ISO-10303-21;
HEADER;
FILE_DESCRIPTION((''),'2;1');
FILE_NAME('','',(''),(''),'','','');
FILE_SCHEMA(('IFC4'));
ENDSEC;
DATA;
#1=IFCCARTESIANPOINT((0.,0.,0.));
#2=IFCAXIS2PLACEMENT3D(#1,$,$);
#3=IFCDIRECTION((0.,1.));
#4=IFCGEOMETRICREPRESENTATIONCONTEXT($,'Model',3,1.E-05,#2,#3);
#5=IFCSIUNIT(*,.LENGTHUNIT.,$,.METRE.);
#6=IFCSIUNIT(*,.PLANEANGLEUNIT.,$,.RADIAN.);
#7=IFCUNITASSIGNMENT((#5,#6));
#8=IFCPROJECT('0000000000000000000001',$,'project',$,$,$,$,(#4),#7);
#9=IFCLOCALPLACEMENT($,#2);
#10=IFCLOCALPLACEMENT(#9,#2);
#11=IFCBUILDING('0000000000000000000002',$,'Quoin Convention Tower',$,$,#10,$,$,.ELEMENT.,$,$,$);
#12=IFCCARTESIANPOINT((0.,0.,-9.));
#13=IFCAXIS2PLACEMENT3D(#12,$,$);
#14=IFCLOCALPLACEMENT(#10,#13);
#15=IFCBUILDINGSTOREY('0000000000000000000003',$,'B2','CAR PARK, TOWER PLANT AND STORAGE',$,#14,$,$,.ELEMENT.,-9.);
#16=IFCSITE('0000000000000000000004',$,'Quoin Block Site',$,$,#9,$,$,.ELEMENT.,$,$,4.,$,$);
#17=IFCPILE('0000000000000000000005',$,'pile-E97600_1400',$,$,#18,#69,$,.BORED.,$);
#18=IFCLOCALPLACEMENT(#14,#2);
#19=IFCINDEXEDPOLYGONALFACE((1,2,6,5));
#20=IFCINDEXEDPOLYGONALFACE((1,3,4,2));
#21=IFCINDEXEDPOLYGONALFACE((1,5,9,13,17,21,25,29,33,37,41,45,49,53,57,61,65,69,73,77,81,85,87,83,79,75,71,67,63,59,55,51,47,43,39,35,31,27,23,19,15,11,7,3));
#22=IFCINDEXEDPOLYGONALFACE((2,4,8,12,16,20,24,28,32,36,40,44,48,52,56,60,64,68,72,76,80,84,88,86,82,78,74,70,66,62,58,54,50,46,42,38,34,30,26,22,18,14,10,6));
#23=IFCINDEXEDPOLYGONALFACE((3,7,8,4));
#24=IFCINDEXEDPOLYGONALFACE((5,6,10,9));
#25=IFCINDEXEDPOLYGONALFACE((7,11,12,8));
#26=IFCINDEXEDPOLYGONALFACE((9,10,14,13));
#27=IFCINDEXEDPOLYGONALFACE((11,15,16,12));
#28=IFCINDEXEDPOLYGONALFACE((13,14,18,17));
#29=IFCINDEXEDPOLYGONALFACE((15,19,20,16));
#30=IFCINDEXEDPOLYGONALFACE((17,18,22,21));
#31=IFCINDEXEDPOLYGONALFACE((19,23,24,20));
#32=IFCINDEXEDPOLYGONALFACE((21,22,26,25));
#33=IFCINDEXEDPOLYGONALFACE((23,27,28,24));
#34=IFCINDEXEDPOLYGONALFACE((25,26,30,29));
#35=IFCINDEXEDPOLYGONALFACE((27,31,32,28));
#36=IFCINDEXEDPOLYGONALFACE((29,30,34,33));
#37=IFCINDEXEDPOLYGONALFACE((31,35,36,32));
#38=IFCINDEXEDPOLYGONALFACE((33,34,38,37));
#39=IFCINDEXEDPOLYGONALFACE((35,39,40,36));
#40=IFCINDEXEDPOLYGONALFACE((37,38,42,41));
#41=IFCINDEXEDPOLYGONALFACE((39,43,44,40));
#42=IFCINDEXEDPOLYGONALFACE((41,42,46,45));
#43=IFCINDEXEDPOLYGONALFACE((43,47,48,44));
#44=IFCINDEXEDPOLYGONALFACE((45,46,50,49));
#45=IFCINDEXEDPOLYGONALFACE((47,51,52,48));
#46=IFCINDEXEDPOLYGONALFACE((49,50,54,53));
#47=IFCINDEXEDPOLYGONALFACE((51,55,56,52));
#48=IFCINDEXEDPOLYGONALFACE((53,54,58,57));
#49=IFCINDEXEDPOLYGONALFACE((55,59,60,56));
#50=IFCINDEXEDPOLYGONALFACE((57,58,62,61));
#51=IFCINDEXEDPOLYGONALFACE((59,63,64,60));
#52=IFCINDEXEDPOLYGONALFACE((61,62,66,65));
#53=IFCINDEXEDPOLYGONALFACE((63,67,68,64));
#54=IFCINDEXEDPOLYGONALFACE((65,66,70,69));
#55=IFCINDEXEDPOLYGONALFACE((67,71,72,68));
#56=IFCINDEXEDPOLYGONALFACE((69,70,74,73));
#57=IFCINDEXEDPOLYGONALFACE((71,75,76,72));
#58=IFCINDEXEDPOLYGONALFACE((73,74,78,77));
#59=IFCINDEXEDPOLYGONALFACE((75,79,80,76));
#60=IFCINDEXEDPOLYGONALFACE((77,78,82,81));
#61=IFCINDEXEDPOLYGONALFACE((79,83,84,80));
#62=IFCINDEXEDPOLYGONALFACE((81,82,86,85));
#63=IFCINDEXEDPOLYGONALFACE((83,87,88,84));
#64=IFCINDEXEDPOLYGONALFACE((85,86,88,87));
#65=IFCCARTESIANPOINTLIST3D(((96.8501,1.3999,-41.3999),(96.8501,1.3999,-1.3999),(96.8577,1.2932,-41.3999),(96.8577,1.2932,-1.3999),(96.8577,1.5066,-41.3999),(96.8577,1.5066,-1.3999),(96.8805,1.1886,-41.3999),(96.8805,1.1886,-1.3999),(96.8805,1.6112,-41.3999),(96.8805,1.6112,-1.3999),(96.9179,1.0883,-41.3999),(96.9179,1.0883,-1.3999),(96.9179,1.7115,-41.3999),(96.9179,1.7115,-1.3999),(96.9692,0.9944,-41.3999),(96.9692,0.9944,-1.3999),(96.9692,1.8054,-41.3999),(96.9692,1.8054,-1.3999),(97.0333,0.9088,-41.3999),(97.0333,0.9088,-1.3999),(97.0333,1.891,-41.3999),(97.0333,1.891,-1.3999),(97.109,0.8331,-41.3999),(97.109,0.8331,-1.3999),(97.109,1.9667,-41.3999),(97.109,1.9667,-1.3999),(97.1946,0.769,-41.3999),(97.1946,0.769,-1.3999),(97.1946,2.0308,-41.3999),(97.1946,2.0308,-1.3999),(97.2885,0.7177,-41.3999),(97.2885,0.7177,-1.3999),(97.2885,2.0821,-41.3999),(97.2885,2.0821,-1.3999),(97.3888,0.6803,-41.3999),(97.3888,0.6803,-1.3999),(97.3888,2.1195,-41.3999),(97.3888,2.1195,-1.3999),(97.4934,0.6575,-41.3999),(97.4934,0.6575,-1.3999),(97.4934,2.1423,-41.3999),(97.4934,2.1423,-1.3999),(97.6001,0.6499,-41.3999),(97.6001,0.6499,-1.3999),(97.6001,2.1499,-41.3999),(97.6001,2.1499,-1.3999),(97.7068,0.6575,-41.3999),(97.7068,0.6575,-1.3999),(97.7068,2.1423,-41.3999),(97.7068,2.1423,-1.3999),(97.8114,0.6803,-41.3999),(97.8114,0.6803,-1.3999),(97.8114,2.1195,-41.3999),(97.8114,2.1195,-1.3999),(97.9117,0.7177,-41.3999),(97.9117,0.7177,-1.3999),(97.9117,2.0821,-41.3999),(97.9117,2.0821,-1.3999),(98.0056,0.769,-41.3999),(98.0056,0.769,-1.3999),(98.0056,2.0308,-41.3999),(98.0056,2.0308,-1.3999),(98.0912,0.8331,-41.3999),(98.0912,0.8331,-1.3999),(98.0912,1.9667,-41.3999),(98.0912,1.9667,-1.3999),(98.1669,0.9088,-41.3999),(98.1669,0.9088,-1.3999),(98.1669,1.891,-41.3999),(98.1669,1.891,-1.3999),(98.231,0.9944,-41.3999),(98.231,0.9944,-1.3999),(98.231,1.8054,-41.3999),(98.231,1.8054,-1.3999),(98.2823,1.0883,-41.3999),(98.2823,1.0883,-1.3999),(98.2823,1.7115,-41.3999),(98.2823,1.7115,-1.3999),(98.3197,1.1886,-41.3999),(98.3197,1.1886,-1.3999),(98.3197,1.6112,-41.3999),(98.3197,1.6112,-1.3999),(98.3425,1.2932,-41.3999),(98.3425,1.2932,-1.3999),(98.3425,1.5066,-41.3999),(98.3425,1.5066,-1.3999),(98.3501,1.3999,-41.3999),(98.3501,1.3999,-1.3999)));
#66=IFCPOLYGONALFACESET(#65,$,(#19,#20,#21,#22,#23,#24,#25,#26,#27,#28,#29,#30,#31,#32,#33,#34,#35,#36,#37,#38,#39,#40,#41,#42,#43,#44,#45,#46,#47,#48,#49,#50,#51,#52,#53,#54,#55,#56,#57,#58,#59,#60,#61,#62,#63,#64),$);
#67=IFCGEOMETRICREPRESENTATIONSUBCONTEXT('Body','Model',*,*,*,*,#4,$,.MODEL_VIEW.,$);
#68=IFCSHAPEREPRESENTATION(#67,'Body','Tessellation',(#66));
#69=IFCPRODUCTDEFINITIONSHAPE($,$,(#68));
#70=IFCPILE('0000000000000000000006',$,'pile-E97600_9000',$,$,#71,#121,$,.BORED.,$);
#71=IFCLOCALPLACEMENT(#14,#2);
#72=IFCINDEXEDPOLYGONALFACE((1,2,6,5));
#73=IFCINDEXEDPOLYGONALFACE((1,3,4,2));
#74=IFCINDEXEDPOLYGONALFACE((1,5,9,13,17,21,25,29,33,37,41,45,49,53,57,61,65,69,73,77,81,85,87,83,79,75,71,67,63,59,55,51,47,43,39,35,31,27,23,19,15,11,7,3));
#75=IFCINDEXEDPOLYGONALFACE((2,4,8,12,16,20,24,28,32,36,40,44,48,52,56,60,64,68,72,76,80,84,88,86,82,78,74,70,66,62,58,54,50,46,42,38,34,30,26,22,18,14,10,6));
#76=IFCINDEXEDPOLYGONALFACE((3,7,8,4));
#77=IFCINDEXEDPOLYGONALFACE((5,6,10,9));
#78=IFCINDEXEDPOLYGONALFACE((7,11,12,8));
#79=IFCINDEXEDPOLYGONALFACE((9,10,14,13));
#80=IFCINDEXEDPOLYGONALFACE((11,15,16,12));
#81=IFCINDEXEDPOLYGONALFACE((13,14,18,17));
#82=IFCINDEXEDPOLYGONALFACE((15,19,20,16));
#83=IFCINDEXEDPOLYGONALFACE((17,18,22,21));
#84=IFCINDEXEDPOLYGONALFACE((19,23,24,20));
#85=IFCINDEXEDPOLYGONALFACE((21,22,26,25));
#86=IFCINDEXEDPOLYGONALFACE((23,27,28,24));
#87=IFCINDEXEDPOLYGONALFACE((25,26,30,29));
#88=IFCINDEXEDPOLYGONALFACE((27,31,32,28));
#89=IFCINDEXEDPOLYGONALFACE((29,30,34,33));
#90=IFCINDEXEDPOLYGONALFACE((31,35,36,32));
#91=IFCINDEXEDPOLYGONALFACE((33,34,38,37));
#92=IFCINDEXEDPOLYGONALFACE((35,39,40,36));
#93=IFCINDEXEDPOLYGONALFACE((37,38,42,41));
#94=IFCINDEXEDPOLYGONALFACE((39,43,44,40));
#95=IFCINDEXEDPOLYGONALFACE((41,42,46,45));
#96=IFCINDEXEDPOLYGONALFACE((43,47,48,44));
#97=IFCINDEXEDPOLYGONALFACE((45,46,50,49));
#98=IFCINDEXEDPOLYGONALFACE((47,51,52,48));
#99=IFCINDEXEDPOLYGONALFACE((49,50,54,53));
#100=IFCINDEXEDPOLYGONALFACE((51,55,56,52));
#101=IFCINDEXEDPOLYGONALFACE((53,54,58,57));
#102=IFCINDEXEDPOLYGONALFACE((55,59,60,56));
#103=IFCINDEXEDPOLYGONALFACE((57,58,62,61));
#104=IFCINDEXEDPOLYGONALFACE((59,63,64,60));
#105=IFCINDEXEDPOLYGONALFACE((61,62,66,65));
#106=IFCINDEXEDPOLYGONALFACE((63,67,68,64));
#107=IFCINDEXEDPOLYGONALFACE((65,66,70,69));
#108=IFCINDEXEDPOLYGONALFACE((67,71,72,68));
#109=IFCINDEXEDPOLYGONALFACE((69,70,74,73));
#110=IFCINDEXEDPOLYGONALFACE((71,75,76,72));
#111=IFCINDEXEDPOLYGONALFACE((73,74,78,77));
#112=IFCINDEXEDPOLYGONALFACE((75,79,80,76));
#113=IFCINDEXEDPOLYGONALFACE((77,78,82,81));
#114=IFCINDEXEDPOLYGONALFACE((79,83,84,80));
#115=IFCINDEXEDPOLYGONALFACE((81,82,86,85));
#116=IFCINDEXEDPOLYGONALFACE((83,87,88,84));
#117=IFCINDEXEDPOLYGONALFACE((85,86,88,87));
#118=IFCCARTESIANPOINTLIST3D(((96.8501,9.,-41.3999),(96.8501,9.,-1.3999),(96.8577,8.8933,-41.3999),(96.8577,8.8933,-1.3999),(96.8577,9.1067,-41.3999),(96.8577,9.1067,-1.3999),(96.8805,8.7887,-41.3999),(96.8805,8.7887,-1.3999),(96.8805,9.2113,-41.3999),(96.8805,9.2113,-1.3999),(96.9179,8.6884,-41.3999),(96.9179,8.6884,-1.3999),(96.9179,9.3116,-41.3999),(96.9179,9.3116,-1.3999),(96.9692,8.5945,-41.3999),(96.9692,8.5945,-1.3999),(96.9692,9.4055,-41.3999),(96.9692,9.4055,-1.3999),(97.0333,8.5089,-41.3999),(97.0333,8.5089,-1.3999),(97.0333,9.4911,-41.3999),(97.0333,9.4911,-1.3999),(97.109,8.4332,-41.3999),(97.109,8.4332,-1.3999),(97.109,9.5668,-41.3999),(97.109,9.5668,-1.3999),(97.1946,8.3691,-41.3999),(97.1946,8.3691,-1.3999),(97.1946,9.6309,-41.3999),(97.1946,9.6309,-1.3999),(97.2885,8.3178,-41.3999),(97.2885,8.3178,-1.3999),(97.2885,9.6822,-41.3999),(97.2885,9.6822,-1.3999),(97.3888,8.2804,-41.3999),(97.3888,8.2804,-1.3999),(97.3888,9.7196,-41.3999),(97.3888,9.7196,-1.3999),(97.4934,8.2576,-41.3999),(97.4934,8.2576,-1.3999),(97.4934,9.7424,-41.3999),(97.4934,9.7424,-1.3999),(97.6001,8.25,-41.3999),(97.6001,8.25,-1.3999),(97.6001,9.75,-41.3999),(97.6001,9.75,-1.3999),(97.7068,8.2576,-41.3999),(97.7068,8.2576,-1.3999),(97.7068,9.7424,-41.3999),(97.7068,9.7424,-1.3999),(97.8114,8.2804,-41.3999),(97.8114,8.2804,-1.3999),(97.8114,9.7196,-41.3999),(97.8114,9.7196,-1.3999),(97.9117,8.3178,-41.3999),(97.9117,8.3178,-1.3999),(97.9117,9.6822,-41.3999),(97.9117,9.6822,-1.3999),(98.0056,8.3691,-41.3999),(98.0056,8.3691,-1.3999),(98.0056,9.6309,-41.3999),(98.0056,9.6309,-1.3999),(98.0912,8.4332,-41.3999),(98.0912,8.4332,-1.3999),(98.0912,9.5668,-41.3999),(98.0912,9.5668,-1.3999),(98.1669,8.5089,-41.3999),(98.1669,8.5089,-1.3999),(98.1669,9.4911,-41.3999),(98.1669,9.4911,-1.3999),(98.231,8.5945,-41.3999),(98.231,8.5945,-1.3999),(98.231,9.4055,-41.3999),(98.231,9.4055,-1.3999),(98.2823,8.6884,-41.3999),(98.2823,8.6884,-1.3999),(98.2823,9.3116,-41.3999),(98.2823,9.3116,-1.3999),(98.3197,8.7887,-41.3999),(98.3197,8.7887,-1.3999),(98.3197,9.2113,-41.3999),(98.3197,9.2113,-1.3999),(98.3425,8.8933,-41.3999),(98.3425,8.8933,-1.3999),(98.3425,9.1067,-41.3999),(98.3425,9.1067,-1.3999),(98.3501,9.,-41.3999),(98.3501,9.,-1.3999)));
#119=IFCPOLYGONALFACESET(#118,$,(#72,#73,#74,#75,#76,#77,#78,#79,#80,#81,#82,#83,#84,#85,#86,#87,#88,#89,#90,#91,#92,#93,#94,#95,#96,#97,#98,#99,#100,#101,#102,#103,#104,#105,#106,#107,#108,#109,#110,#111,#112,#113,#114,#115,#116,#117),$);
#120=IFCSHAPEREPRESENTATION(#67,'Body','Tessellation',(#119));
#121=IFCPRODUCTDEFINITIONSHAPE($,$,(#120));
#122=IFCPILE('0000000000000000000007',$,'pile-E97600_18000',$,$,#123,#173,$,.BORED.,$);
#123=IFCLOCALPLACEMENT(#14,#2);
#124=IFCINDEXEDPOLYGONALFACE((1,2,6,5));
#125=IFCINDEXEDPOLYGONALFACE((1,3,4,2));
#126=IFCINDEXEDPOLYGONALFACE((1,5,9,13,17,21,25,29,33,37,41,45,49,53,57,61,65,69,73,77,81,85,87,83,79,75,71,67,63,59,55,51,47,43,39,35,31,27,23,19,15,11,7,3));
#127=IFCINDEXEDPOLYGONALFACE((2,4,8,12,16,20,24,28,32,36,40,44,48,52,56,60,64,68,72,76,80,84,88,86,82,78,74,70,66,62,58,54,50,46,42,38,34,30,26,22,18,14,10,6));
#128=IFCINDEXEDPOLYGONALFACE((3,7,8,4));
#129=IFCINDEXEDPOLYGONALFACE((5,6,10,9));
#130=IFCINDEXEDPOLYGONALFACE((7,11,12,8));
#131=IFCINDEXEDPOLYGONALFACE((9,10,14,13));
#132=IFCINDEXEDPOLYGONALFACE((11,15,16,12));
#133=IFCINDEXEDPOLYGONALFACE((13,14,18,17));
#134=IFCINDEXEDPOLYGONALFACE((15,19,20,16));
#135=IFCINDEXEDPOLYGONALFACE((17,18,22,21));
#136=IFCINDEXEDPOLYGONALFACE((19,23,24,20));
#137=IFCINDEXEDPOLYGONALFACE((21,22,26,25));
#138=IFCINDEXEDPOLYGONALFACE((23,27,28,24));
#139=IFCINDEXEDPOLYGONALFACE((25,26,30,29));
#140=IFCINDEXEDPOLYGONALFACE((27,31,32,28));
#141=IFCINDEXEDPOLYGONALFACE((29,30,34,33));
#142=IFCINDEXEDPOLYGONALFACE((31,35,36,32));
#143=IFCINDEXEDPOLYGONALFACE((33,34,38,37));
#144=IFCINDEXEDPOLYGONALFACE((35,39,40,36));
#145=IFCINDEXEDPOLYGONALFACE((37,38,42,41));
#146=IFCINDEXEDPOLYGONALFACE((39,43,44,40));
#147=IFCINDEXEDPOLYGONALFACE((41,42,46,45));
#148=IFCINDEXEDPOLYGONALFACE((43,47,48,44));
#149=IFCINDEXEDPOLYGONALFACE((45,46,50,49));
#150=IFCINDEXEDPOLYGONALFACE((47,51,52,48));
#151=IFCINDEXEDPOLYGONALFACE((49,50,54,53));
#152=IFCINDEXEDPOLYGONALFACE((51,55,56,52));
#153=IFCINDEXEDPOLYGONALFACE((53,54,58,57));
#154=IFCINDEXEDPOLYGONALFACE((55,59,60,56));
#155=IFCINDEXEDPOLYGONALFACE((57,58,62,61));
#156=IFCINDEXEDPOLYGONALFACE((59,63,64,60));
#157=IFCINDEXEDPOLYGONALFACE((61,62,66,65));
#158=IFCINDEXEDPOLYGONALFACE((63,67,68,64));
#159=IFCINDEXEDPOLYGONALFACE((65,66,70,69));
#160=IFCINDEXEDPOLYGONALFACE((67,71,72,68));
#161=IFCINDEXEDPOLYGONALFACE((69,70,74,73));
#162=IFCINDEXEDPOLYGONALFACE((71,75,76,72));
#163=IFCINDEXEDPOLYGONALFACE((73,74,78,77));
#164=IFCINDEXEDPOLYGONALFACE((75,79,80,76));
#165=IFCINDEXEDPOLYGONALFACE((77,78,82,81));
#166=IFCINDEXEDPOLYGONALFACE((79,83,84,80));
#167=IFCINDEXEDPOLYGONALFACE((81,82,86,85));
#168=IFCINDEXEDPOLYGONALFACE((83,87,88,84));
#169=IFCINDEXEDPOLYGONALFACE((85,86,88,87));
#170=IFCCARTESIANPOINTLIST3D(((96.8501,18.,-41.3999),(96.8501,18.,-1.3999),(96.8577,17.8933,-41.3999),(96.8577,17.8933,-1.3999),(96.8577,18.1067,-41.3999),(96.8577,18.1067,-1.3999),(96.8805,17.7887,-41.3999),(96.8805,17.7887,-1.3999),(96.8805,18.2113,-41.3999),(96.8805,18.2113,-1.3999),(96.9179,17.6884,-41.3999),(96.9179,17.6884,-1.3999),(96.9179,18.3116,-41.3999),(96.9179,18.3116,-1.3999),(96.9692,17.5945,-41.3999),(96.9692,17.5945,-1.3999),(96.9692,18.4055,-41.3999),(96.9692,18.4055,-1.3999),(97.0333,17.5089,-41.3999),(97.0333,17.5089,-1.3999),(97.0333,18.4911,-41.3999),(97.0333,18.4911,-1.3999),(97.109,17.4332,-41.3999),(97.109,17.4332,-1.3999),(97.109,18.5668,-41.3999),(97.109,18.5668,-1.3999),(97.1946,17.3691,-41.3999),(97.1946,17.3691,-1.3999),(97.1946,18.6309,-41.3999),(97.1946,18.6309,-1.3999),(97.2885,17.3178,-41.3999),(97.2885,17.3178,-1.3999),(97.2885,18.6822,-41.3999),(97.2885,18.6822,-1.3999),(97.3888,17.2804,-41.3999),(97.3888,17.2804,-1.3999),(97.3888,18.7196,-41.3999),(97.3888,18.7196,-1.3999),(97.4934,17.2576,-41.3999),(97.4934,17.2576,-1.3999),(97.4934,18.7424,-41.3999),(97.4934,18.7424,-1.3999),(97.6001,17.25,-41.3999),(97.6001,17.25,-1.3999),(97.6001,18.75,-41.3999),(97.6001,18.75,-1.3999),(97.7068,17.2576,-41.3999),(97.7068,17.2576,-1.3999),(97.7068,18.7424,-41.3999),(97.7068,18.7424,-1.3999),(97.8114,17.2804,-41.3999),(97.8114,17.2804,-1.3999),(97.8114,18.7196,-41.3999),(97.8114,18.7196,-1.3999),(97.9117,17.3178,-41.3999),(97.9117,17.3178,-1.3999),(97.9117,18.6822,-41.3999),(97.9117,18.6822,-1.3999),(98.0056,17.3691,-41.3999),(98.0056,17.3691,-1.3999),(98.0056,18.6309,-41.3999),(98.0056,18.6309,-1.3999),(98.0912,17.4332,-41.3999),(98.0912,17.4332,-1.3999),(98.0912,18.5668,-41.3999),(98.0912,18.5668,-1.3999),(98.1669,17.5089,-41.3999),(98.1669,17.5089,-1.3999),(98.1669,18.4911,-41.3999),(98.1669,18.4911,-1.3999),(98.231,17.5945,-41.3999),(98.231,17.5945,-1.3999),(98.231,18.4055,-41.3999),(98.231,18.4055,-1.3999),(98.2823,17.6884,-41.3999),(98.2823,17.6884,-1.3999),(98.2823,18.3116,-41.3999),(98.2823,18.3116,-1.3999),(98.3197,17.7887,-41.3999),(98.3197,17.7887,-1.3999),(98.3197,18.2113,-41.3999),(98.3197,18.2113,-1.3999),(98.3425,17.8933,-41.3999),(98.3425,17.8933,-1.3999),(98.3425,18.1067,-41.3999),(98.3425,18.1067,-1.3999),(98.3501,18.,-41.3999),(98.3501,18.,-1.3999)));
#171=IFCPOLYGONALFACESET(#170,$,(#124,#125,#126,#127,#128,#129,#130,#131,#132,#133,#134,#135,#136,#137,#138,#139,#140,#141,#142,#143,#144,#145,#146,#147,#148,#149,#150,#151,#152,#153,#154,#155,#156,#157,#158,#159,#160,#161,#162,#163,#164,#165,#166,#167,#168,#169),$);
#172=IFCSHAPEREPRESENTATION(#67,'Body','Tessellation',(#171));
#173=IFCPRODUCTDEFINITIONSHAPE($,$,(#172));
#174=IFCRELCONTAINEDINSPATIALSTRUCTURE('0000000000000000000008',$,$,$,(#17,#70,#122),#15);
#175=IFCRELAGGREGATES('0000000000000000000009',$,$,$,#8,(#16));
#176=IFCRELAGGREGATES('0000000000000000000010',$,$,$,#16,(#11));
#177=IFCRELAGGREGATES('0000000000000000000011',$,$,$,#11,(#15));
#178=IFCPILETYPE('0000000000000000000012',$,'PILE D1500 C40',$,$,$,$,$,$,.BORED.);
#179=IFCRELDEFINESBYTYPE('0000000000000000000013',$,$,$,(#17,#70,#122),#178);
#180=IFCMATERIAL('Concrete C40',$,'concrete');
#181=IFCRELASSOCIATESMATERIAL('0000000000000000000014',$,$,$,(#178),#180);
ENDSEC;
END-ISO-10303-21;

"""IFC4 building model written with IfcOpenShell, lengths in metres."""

from ifc_helpers import new_model, si_unit, direction, frame, origin, origin_2d, place, context, subcontext, project, spatial, circle, extrude, material, material_profile, profile_set, type_object, element, save


model = new_model("IFC4")

# Units and contexts
model_context = context("Model", 3, precision=1e-05, world=origin(), true_north=direction((0.0, 1.0)))
body_context = subcontext(model_context, "Body", "Model", "MODEL_VIEW")
ifc_project = project(units=[si_unit("LENGTHUNIT", "METRE"), si_unit("PLANEANGLEUNIT", "RADIAN")], contexts=[model_context])

# Site, building, storey
site_placement = place(None, origin())
site = spatial("IfcSite", under=ifc_project, at=site_placement, Name="Quoin Block Site", CompositionType="ELEMENT", RefElevation=4.0)
building_placement = place(site_placement, origin())
building = spatial("IfcBuilding", under=site, at=building_placement, Name="Quoin Convention Tower", CompositionType="ELEMENT")
storey_placement = place(building_placement, frame((0.0, 0.0, -9.0)))
storey = spatial("IfcBuildingStorey", under=building, at=storey_placement, Name="B2", Description="CAR PARK, TOWER PLANT AND STORAGE", CompositionType="ELEMENT", Elevation=-9.0)

# Piles
ifc_material_1 = material(Name="Concrete C40", Category="concrete")
ifc_material_profile_1 = material_profile(ifc_material_1, circle(Radius=0.75, at=origin_2d()), Name="D1500")
ifc_profile_set_1 = profile_set([ifc_material_profile_1], Name="Concrete C40")
pile_type = type_object("IfcPileType", Name="PILE D1500 C40", PredefinedType="BORED", material=ifc_profile_set_1)
for number, where, z_axis, x_axis, name in (
    (1, (97.6001, 1.3999, -1.3999), (0.0, 0.0, -1.0), (1.0, 0.0, 0.0), "pile-E97600_1400"),
    (2, (97.6001, 9.0, -1.3999), (0.0, 0.0, -1.0), (1.0, 0.0, 0.0), "pile-E97600_9000"),
    (3, (97.6001, 18.0, -1.3999), (0.0, 0.0, -1.0), (1.0, 0.0, 0.0), "pile-E97600_18000"),
):
    element("IfcPile", number, at=place(storey_placement, frame(where, z_axis=z_axis, x_axis=x_axis)), inside=storey, type_object=pile_type, Name=name, PredefinedType="BORED", context=body_context, shape_type="SweptSolid", body=[
        extrude(circle(Radius=0.75, at=origin_2d()), origin(), (0.0, 0.0, 1.0), 40.0),
    ])

save(model, "model.ifc")
